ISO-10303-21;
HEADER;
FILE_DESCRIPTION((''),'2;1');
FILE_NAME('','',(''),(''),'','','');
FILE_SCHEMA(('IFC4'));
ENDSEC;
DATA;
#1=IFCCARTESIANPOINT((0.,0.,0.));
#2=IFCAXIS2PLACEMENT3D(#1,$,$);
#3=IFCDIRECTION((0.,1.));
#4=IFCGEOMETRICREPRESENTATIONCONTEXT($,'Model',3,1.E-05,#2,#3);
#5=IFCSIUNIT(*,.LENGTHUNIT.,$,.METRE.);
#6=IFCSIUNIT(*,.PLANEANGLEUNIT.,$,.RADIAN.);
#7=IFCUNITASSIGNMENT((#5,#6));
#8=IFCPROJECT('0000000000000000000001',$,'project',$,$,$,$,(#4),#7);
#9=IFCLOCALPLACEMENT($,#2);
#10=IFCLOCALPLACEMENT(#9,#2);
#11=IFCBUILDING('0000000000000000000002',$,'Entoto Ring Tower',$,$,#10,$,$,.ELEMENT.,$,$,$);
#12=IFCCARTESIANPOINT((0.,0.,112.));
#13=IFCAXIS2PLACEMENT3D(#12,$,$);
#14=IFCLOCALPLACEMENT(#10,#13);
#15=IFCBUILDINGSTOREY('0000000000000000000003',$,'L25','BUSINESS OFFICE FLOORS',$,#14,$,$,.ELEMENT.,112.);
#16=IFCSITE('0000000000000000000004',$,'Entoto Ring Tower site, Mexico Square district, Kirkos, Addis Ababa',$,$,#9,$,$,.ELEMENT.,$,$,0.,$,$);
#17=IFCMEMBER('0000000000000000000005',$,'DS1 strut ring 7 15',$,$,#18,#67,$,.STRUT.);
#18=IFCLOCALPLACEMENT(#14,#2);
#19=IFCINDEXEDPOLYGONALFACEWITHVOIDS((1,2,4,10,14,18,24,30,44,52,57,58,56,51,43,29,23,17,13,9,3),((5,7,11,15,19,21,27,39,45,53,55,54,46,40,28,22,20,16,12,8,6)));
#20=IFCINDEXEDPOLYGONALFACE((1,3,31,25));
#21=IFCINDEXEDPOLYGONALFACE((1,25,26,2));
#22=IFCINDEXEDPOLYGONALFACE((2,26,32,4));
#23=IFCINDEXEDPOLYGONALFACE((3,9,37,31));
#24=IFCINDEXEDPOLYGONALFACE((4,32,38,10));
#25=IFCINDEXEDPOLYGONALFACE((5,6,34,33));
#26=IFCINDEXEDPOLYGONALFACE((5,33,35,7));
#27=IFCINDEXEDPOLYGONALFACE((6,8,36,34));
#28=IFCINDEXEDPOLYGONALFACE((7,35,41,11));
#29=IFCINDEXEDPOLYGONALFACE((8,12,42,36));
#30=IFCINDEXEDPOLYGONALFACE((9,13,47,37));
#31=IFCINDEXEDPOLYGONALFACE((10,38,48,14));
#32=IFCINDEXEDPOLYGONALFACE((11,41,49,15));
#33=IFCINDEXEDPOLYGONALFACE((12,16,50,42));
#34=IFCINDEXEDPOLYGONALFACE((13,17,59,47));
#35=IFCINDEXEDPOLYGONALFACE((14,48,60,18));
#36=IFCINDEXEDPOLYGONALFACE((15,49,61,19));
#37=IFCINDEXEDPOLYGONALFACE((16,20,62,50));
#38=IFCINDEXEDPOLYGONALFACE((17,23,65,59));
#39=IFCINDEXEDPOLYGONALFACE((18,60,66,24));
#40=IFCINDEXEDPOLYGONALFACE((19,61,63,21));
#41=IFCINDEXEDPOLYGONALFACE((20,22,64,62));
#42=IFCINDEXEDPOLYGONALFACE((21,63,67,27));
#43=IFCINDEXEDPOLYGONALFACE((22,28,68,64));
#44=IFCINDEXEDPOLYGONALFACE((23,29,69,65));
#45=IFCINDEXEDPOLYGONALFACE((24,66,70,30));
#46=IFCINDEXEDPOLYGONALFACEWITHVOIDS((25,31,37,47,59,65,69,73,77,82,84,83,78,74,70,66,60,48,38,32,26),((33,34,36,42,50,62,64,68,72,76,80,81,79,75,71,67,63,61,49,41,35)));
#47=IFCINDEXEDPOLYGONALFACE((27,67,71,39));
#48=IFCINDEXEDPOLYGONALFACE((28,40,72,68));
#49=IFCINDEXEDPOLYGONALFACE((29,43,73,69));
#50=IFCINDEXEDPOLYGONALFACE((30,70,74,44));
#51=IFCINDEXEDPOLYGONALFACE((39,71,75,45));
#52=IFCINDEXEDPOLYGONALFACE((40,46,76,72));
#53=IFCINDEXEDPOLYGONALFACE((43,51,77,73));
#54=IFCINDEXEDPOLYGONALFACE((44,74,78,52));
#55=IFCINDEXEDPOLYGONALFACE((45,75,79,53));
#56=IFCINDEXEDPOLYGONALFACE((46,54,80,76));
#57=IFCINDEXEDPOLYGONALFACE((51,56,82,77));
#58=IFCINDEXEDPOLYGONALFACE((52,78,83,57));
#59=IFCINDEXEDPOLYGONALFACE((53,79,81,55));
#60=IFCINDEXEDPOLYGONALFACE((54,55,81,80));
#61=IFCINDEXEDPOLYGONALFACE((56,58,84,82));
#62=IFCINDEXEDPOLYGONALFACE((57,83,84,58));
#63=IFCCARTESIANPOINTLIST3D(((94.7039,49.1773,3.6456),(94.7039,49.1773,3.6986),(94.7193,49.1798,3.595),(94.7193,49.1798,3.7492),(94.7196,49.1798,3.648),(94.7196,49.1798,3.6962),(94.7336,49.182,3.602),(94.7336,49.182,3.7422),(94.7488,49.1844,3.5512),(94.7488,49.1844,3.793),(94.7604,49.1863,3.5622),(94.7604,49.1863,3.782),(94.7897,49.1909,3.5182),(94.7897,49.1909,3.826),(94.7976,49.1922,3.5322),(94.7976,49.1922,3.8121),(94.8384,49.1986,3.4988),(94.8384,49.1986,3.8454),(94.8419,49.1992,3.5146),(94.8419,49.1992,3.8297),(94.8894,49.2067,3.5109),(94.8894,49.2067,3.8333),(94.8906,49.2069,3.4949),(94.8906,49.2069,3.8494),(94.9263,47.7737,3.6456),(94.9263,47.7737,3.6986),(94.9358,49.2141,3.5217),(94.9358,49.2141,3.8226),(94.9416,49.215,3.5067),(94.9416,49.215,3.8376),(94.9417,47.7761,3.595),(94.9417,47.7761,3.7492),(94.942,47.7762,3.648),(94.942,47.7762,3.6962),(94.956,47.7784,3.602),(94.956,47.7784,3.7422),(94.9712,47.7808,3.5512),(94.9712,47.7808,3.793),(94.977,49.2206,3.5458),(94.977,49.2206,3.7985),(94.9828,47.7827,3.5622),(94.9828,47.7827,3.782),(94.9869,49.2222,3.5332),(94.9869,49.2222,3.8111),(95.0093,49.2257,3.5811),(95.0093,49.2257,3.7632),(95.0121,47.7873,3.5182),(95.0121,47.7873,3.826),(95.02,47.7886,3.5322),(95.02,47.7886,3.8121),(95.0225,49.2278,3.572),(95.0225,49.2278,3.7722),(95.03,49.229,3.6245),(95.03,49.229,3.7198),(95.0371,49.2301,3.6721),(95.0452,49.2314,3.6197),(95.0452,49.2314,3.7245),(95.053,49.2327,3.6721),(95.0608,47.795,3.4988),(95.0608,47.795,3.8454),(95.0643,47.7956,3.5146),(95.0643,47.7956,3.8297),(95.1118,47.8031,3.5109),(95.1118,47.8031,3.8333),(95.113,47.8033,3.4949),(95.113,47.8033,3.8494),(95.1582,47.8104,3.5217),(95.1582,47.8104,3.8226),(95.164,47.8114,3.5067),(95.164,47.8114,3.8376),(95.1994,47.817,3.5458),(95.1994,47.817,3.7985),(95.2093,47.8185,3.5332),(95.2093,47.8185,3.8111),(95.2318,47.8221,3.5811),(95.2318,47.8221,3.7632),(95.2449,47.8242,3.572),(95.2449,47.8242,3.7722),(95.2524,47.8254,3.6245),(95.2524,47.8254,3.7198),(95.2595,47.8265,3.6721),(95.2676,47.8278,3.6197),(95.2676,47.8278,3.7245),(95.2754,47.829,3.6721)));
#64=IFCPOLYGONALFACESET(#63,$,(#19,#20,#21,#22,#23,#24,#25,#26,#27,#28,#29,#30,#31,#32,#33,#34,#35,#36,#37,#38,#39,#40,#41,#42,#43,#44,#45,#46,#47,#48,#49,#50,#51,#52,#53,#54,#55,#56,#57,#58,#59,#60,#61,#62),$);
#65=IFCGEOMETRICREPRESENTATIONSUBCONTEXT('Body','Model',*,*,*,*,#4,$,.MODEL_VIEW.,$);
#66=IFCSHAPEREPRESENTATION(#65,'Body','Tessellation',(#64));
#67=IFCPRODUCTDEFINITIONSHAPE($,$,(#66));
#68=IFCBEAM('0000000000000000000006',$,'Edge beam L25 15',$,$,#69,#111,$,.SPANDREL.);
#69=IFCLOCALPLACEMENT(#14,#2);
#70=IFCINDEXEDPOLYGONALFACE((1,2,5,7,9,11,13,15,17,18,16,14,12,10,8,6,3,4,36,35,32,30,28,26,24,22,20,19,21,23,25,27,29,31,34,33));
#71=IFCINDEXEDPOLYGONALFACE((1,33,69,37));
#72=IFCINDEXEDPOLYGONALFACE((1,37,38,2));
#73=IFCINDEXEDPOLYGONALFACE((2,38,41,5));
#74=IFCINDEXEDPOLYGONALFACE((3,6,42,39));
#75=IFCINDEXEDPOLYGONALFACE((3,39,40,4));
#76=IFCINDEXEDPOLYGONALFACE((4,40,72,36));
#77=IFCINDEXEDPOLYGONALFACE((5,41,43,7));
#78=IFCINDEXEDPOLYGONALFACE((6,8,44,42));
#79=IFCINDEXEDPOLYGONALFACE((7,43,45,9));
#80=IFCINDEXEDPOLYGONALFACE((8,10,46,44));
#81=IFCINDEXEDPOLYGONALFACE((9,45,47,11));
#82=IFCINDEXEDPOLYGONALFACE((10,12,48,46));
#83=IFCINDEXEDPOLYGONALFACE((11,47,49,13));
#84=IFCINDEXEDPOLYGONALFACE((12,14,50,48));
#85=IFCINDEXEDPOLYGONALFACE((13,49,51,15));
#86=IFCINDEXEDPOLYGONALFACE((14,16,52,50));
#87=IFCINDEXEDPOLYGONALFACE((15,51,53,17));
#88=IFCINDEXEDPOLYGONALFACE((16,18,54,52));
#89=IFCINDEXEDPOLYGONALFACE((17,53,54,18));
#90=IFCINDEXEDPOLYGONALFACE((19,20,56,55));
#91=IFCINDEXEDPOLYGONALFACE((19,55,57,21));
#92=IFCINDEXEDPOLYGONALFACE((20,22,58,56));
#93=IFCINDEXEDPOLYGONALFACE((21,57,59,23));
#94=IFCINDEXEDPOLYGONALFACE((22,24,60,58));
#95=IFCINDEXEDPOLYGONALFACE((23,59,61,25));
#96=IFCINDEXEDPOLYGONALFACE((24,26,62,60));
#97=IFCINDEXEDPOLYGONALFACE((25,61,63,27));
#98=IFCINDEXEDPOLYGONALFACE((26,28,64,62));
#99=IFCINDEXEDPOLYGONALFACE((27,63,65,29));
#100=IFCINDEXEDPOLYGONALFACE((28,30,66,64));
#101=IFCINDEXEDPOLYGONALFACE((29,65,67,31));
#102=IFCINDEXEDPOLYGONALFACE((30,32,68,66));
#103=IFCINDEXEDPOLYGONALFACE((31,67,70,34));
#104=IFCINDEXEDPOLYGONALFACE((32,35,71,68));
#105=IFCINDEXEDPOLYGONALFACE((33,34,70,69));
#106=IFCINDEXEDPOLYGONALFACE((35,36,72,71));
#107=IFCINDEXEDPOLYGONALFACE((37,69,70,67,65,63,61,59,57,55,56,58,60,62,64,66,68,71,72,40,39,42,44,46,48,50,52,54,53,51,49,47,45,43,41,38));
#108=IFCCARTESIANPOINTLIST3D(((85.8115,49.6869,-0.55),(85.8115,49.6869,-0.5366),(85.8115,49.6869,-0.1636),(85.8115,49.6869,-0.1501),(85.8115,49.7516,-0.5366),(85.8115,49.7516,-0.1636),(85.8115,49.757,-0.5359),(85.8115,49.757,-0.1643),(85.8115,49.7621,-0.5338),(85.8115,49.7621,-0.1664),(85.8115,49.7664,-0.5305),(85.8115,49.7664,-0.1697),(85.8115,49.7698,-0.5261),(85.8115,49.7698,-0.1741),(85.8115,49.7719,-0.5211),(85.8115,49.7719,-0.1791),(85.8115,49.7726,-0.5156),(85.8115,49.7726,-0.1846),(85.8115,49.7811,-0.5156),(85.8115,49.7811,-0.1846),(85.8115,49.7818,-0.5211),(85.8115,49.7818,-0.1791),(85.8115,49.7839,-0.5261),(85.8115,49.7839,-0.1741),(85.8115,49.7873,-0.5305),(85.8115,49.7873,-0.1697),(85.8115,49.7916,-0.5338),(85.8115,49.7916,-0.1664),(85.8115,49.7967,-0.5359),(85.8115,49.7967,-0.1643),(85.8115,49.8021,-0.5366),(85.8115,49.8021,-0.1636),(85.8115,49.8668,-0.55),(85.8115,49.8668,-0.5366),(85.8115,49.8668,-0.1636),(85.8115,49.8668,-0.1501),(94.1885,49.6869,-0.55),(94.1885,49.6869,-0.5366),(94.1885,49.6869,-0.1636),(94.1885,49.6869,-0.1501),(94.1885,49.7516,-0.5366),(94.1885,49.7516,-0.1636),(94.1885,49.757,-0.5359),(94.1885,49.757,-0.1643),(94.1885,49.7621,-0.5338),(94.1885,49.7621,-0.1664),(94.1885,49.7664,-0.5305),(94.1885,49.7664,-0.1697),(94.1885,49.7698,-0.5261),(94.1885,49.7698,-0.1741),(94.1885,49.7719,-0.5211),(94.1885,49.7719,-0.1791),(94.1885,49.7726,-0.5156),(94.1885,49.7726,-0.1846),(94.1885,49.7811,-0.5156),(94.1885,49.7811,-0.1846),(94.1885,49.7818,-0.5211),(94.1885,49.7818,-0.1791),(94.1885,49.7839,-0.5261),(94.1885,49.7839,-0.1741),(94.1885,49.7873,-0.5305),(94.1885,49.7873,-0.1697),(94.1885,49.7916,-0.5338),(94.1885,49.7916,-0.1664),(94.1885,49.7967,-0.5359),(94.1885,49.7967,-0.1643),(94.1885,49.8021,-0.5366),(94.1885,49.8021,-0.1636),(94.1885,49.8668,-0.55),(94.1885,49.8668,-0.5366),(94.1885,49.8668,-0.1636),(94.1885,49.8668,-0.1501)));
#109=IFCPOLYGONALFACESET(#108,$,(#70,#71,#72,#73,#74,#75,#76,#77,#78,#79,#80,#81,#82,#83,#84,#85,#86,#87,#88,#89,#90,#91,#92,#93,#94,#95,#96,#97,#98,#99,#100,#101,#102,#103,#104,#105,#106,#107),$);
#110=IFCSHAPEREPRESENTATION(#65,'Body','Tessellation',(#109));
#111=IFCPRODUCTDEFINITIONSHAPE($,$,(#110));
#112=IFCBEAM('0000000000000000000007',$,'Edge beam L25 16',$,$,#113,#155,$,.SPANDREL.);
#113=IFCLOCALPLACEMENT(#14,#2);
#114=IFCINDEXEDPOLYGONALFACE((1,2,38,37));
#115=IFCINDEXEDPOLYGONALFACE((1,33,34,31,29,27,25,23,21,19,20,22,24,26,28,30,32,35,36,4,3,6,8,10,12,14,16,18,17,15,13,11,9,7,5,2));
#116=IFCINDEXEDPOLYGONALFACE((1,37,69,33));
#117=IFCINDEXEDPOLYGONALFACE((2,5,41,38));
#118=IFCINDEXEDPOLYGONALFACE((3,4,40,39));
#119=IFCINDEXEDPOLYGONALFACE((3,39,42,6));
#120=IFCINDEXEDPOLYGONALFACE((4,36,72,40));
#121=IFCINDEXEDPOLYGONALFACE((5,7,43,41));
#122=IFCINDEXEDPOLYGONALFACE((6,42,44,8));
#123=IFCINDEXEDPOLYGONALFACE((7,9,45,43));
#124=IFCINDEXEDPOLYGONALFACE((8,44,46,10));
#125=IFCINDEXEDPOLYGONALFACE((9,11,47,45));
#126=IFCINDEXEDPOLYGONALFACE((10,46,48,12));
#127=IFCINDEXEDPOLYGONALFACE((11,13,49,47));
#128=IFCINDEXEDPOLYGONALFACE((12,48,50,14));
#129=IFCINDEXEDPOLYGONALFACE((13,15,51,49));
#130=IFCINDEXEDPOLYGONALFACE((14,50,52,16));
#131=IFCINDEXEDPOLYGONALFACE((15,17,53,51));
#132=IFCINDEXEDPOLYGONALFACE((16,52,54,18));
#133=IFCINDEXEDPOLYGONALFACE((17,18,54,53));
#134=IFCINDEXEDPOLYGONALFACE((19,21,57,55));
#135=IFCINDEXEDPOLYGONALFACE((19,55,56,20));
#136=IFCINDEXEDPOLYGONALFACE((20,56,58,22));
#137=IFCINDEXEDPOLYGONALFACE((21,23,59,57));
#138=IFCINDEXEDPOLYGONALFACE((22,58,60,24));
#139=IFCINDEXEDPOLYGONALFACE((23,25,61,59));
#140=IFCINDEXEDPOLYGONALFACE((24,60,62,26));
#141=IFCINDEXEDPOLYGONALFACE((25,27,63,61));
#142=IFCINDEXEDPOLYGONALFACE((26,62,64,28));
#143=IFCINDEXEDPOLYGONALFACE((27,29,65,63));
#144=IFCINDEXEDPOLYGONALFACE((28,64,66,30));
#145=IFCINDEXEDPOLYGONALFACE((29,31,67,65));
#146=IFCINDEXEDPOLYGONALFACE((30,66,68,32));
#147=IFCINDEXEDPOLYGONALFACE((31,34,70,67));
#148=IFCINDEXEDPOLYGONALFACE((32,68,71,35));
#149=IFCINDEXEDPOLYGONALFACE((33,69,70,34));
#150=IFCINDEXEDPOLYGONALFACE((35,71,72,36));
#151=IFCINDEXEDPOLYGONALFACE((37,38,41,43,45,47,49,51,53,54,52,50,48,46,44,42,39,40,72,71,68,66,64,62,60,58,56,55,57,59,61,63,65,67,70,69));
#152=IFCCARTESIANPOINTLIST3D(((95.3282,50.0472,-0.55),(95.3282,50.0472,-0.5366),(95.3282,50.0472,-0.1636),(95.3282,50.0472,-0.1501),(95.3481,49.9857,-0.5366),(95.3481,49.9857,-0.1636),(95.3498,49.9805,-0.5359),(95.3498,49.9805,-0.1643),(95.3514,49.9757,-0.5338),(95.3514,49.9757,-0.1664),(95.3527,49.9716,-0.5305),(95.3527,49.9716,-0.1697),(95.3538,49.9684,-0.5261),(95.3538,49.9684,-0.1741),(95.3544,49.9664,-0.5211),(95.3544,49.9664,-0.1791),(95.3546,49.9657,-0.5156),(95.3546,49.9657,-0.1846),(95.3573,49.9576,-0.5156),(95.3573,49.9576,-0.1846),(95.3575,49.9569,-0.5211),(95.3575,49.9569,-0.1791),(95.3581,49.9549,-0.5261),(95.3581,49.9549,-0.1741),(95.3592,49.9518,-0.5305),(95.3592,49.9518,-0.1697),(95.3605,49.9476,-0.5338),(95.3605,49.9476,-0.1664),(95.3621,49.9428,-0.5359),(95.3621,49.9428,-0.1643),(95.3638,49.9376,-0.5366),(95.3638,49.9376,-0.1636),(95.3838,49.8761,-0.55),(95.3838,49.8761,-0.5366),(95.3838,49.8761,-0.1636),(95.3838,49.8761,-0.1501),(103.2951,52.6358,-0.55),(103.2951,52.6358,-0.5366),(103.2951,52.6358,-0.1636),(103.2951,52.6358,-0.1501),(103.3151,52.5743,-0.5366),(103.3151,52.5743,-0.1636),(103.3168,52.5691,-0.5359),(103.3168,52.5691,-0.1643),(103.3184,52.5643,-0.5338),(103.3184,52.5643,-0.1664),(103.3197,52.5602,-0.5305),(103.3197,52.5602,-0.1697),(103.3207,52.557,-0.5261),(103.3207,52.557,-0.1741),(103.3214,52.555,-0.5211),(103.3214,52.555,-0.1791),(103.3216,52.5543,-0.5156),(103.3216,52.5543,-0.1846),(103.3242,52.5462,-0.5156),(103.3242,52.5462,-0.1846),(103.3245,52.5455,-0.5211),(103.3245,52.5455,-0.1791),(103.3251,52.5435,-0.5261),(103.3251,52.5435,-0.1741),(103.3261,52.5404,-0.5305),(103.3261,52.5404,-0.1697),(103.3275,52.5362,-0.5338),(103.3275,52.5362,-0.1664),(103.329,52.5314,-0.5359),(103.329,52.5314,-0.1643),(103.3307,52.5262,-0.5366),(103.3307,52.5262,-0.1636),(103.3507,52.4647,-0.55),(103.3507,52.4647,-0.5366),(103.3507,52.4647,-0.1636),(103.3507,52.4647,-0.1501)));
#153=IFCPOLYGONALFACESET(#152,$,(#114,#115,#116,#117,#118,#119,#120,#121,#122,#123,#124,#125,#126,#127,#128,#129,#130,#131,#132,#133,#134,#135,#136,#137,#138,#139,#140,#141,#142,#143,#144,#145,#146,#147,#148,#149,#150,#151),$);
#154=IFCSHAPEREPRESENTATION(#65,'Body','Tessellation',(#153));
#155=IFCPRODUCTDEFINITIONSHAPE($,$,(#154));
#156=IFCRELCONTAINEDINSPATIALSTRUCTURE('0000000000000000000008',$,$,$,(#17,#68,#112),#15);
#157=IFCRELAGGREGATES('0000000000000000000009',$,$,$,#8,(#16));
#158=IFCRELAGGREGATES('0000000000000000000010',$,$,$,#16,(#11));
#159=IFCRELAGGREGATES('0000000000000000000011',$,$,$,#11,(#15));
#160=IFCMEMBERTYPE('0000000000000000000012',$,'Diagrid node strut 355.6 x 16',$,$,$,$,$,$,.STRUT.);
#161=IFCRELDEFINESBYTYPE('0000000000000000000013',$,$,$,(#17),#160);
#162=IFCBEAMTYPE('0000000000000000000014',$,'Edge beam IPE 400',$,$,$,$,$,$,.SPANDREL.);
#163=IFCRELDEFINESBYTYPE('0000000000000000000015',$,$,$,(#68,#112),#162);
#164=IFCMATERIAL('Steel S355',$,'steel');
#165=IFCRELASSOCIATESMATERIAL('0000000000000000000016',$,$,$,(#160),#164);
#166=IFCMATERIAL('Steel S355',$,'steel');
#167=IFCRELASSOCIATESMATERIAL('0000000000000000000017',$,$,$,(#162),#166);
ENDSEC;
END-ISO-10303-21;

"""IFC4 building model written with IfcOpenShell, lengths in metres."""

from ifc_helpers import new_model, si_unit, direction, frame, origin, origin_2d, place, context, subcontext, project, spatial, circle, hollow_circle, i_section, extrude, material, material_profile, profile_set, type_object, element, save


model = new_model("IFC4")

# Units and contexts
model_context = context("Model", 3, precision=1e-05, world=origin(), true_north=direction((0.0, 1.0)))
body_context = subcontext(model_context, "Body", "Model", "MODEL_VIEW")
ifc_project = project(units=[si_unit("LENGTHUNIT", "METRE"), si_unit("PLANEANGLEUNIT", "RADIAN")], contexts=[model_context])

# Site, building, storey
site_placement = place(None, origin())
site = spatial("IfcSite", under=ifc_project, at=site_placement, Name="Entoto Ring Tower site, Mexico Square district, Kirkos, Addis Ababa", CompositionType="ELEMENT", RefElevation=0.0)
building_placement = place(site_placement, origin())
building = spatial("IfcBuilding", under=site, at=building_placement, Name="Entoto Ring Tower", CompositionType="ELEMENT")
storey_placement = place(building_placement, frame((0.0, 0.0, 112.0)))
storey = spatial("IfcBuildingStorey", under=building, at=storey_placement, Name="L25", Description="BUSINESS OFFICE FLOORS", CompositionType="ELEMENT", Elevation=112.0)

# Member
ifc_material_1 = material(Name="Steel S355", Category="steel")
ifc_material_profile_1 = material_profile(ifc_material_1, hollow_circle(Radius=0.1777, WallThickness=0.0161, at=origin_2d()), Name="CHS 355.6 x 16")
ifc_material_2 = material(Name="Concrete C60/75", Category="concrete")
ifc_material_profile_2 = material_profile(ifc_material_2, circle(Radius=0.1619, at=origin_2d()), Name="Concrete C60/75 infill")
ifc_profile_set_1 = profile_set([ifc_material_profile_1, ifc_material_profile_2], Name="Steel S355")
member_type = type_object("IfcMemberType", Name="Diagrid node strut 355.6 x 16", PredefinedType="STRUT", material=ifc_profile_set_1)
member_placement = place(storey_placement, frame((94.8774, 49.2048, 3.6721), z_axis=(0.15651, -0.987676, 0.0), x_axis=(0.987676, 0.15651, 0.0)))
element("IfcMember", 1, at=member_placement, inside=storey, type_object=member_type, Name="DS1 strut ring 7 15", PredefinedType="STRUT", context=body_context, shape_type="SweptSolid", body=[
    extrude(hollow_circle(Radius=0.1777, WallThickness=0.0161, at=origin_2d()), origin(), (0.0, 0.0, 1.0), 1.4211),
])

# Beams
ifc_material_3 = material(Name="Steel S355", Category="steel")
ifc_material_profile_3 = material_profile(ifc_material_3, i_section(OverallWidth=0.1799, OverallDepth=0.3999, WebThickness=0.0085, FlangeThickness=0.0134, FilletRadius=0.021, at=origin_2d()), Name="IPE 400")
ifc_profile_set_2 = profile_set([ifc_material_profile_3], Name="Steel S355")
beam_type_1 = type_object("IfcBeamType", Name="Edge beam IPE 400", PredefinedType="SPANDREL", material=ifc_profile_set_2)
for number, where, z_axis, x_axis, name in (
    (2, (85.8115, 49.7769, -0.3501), (1.0, 0.0, 0.0), (0.0, 1.0, 0.0), "Edge beam L25 15"),
    (3, (95.356, 49.9617, -0.3501), (0.951057, 0.309014, 0.0), (-0.309014, 0.951057, 0.0), "Edge beam L25 16"),
):
    element("IfcBeam", number, at=place(storey_placement, frame(where, z_axis=z_axis, x_axis=x_axis)), inside=storey, type_object=beam_type_1, Name=name, PredefinedType="SPANDREL", context=body_context, shape_type="SweptSolid", body=[
        extrude(i_section(OverallWidth=0.1799, OverallDepth=0.3999, WebThickness=0.0085, FlangeThickness=0.0134, FilletRadius=0.021, at=origin_2d()), origin(), (0.0, 0.0, 1.0), 8.377),
    ])

save(model, "model.ifc")
